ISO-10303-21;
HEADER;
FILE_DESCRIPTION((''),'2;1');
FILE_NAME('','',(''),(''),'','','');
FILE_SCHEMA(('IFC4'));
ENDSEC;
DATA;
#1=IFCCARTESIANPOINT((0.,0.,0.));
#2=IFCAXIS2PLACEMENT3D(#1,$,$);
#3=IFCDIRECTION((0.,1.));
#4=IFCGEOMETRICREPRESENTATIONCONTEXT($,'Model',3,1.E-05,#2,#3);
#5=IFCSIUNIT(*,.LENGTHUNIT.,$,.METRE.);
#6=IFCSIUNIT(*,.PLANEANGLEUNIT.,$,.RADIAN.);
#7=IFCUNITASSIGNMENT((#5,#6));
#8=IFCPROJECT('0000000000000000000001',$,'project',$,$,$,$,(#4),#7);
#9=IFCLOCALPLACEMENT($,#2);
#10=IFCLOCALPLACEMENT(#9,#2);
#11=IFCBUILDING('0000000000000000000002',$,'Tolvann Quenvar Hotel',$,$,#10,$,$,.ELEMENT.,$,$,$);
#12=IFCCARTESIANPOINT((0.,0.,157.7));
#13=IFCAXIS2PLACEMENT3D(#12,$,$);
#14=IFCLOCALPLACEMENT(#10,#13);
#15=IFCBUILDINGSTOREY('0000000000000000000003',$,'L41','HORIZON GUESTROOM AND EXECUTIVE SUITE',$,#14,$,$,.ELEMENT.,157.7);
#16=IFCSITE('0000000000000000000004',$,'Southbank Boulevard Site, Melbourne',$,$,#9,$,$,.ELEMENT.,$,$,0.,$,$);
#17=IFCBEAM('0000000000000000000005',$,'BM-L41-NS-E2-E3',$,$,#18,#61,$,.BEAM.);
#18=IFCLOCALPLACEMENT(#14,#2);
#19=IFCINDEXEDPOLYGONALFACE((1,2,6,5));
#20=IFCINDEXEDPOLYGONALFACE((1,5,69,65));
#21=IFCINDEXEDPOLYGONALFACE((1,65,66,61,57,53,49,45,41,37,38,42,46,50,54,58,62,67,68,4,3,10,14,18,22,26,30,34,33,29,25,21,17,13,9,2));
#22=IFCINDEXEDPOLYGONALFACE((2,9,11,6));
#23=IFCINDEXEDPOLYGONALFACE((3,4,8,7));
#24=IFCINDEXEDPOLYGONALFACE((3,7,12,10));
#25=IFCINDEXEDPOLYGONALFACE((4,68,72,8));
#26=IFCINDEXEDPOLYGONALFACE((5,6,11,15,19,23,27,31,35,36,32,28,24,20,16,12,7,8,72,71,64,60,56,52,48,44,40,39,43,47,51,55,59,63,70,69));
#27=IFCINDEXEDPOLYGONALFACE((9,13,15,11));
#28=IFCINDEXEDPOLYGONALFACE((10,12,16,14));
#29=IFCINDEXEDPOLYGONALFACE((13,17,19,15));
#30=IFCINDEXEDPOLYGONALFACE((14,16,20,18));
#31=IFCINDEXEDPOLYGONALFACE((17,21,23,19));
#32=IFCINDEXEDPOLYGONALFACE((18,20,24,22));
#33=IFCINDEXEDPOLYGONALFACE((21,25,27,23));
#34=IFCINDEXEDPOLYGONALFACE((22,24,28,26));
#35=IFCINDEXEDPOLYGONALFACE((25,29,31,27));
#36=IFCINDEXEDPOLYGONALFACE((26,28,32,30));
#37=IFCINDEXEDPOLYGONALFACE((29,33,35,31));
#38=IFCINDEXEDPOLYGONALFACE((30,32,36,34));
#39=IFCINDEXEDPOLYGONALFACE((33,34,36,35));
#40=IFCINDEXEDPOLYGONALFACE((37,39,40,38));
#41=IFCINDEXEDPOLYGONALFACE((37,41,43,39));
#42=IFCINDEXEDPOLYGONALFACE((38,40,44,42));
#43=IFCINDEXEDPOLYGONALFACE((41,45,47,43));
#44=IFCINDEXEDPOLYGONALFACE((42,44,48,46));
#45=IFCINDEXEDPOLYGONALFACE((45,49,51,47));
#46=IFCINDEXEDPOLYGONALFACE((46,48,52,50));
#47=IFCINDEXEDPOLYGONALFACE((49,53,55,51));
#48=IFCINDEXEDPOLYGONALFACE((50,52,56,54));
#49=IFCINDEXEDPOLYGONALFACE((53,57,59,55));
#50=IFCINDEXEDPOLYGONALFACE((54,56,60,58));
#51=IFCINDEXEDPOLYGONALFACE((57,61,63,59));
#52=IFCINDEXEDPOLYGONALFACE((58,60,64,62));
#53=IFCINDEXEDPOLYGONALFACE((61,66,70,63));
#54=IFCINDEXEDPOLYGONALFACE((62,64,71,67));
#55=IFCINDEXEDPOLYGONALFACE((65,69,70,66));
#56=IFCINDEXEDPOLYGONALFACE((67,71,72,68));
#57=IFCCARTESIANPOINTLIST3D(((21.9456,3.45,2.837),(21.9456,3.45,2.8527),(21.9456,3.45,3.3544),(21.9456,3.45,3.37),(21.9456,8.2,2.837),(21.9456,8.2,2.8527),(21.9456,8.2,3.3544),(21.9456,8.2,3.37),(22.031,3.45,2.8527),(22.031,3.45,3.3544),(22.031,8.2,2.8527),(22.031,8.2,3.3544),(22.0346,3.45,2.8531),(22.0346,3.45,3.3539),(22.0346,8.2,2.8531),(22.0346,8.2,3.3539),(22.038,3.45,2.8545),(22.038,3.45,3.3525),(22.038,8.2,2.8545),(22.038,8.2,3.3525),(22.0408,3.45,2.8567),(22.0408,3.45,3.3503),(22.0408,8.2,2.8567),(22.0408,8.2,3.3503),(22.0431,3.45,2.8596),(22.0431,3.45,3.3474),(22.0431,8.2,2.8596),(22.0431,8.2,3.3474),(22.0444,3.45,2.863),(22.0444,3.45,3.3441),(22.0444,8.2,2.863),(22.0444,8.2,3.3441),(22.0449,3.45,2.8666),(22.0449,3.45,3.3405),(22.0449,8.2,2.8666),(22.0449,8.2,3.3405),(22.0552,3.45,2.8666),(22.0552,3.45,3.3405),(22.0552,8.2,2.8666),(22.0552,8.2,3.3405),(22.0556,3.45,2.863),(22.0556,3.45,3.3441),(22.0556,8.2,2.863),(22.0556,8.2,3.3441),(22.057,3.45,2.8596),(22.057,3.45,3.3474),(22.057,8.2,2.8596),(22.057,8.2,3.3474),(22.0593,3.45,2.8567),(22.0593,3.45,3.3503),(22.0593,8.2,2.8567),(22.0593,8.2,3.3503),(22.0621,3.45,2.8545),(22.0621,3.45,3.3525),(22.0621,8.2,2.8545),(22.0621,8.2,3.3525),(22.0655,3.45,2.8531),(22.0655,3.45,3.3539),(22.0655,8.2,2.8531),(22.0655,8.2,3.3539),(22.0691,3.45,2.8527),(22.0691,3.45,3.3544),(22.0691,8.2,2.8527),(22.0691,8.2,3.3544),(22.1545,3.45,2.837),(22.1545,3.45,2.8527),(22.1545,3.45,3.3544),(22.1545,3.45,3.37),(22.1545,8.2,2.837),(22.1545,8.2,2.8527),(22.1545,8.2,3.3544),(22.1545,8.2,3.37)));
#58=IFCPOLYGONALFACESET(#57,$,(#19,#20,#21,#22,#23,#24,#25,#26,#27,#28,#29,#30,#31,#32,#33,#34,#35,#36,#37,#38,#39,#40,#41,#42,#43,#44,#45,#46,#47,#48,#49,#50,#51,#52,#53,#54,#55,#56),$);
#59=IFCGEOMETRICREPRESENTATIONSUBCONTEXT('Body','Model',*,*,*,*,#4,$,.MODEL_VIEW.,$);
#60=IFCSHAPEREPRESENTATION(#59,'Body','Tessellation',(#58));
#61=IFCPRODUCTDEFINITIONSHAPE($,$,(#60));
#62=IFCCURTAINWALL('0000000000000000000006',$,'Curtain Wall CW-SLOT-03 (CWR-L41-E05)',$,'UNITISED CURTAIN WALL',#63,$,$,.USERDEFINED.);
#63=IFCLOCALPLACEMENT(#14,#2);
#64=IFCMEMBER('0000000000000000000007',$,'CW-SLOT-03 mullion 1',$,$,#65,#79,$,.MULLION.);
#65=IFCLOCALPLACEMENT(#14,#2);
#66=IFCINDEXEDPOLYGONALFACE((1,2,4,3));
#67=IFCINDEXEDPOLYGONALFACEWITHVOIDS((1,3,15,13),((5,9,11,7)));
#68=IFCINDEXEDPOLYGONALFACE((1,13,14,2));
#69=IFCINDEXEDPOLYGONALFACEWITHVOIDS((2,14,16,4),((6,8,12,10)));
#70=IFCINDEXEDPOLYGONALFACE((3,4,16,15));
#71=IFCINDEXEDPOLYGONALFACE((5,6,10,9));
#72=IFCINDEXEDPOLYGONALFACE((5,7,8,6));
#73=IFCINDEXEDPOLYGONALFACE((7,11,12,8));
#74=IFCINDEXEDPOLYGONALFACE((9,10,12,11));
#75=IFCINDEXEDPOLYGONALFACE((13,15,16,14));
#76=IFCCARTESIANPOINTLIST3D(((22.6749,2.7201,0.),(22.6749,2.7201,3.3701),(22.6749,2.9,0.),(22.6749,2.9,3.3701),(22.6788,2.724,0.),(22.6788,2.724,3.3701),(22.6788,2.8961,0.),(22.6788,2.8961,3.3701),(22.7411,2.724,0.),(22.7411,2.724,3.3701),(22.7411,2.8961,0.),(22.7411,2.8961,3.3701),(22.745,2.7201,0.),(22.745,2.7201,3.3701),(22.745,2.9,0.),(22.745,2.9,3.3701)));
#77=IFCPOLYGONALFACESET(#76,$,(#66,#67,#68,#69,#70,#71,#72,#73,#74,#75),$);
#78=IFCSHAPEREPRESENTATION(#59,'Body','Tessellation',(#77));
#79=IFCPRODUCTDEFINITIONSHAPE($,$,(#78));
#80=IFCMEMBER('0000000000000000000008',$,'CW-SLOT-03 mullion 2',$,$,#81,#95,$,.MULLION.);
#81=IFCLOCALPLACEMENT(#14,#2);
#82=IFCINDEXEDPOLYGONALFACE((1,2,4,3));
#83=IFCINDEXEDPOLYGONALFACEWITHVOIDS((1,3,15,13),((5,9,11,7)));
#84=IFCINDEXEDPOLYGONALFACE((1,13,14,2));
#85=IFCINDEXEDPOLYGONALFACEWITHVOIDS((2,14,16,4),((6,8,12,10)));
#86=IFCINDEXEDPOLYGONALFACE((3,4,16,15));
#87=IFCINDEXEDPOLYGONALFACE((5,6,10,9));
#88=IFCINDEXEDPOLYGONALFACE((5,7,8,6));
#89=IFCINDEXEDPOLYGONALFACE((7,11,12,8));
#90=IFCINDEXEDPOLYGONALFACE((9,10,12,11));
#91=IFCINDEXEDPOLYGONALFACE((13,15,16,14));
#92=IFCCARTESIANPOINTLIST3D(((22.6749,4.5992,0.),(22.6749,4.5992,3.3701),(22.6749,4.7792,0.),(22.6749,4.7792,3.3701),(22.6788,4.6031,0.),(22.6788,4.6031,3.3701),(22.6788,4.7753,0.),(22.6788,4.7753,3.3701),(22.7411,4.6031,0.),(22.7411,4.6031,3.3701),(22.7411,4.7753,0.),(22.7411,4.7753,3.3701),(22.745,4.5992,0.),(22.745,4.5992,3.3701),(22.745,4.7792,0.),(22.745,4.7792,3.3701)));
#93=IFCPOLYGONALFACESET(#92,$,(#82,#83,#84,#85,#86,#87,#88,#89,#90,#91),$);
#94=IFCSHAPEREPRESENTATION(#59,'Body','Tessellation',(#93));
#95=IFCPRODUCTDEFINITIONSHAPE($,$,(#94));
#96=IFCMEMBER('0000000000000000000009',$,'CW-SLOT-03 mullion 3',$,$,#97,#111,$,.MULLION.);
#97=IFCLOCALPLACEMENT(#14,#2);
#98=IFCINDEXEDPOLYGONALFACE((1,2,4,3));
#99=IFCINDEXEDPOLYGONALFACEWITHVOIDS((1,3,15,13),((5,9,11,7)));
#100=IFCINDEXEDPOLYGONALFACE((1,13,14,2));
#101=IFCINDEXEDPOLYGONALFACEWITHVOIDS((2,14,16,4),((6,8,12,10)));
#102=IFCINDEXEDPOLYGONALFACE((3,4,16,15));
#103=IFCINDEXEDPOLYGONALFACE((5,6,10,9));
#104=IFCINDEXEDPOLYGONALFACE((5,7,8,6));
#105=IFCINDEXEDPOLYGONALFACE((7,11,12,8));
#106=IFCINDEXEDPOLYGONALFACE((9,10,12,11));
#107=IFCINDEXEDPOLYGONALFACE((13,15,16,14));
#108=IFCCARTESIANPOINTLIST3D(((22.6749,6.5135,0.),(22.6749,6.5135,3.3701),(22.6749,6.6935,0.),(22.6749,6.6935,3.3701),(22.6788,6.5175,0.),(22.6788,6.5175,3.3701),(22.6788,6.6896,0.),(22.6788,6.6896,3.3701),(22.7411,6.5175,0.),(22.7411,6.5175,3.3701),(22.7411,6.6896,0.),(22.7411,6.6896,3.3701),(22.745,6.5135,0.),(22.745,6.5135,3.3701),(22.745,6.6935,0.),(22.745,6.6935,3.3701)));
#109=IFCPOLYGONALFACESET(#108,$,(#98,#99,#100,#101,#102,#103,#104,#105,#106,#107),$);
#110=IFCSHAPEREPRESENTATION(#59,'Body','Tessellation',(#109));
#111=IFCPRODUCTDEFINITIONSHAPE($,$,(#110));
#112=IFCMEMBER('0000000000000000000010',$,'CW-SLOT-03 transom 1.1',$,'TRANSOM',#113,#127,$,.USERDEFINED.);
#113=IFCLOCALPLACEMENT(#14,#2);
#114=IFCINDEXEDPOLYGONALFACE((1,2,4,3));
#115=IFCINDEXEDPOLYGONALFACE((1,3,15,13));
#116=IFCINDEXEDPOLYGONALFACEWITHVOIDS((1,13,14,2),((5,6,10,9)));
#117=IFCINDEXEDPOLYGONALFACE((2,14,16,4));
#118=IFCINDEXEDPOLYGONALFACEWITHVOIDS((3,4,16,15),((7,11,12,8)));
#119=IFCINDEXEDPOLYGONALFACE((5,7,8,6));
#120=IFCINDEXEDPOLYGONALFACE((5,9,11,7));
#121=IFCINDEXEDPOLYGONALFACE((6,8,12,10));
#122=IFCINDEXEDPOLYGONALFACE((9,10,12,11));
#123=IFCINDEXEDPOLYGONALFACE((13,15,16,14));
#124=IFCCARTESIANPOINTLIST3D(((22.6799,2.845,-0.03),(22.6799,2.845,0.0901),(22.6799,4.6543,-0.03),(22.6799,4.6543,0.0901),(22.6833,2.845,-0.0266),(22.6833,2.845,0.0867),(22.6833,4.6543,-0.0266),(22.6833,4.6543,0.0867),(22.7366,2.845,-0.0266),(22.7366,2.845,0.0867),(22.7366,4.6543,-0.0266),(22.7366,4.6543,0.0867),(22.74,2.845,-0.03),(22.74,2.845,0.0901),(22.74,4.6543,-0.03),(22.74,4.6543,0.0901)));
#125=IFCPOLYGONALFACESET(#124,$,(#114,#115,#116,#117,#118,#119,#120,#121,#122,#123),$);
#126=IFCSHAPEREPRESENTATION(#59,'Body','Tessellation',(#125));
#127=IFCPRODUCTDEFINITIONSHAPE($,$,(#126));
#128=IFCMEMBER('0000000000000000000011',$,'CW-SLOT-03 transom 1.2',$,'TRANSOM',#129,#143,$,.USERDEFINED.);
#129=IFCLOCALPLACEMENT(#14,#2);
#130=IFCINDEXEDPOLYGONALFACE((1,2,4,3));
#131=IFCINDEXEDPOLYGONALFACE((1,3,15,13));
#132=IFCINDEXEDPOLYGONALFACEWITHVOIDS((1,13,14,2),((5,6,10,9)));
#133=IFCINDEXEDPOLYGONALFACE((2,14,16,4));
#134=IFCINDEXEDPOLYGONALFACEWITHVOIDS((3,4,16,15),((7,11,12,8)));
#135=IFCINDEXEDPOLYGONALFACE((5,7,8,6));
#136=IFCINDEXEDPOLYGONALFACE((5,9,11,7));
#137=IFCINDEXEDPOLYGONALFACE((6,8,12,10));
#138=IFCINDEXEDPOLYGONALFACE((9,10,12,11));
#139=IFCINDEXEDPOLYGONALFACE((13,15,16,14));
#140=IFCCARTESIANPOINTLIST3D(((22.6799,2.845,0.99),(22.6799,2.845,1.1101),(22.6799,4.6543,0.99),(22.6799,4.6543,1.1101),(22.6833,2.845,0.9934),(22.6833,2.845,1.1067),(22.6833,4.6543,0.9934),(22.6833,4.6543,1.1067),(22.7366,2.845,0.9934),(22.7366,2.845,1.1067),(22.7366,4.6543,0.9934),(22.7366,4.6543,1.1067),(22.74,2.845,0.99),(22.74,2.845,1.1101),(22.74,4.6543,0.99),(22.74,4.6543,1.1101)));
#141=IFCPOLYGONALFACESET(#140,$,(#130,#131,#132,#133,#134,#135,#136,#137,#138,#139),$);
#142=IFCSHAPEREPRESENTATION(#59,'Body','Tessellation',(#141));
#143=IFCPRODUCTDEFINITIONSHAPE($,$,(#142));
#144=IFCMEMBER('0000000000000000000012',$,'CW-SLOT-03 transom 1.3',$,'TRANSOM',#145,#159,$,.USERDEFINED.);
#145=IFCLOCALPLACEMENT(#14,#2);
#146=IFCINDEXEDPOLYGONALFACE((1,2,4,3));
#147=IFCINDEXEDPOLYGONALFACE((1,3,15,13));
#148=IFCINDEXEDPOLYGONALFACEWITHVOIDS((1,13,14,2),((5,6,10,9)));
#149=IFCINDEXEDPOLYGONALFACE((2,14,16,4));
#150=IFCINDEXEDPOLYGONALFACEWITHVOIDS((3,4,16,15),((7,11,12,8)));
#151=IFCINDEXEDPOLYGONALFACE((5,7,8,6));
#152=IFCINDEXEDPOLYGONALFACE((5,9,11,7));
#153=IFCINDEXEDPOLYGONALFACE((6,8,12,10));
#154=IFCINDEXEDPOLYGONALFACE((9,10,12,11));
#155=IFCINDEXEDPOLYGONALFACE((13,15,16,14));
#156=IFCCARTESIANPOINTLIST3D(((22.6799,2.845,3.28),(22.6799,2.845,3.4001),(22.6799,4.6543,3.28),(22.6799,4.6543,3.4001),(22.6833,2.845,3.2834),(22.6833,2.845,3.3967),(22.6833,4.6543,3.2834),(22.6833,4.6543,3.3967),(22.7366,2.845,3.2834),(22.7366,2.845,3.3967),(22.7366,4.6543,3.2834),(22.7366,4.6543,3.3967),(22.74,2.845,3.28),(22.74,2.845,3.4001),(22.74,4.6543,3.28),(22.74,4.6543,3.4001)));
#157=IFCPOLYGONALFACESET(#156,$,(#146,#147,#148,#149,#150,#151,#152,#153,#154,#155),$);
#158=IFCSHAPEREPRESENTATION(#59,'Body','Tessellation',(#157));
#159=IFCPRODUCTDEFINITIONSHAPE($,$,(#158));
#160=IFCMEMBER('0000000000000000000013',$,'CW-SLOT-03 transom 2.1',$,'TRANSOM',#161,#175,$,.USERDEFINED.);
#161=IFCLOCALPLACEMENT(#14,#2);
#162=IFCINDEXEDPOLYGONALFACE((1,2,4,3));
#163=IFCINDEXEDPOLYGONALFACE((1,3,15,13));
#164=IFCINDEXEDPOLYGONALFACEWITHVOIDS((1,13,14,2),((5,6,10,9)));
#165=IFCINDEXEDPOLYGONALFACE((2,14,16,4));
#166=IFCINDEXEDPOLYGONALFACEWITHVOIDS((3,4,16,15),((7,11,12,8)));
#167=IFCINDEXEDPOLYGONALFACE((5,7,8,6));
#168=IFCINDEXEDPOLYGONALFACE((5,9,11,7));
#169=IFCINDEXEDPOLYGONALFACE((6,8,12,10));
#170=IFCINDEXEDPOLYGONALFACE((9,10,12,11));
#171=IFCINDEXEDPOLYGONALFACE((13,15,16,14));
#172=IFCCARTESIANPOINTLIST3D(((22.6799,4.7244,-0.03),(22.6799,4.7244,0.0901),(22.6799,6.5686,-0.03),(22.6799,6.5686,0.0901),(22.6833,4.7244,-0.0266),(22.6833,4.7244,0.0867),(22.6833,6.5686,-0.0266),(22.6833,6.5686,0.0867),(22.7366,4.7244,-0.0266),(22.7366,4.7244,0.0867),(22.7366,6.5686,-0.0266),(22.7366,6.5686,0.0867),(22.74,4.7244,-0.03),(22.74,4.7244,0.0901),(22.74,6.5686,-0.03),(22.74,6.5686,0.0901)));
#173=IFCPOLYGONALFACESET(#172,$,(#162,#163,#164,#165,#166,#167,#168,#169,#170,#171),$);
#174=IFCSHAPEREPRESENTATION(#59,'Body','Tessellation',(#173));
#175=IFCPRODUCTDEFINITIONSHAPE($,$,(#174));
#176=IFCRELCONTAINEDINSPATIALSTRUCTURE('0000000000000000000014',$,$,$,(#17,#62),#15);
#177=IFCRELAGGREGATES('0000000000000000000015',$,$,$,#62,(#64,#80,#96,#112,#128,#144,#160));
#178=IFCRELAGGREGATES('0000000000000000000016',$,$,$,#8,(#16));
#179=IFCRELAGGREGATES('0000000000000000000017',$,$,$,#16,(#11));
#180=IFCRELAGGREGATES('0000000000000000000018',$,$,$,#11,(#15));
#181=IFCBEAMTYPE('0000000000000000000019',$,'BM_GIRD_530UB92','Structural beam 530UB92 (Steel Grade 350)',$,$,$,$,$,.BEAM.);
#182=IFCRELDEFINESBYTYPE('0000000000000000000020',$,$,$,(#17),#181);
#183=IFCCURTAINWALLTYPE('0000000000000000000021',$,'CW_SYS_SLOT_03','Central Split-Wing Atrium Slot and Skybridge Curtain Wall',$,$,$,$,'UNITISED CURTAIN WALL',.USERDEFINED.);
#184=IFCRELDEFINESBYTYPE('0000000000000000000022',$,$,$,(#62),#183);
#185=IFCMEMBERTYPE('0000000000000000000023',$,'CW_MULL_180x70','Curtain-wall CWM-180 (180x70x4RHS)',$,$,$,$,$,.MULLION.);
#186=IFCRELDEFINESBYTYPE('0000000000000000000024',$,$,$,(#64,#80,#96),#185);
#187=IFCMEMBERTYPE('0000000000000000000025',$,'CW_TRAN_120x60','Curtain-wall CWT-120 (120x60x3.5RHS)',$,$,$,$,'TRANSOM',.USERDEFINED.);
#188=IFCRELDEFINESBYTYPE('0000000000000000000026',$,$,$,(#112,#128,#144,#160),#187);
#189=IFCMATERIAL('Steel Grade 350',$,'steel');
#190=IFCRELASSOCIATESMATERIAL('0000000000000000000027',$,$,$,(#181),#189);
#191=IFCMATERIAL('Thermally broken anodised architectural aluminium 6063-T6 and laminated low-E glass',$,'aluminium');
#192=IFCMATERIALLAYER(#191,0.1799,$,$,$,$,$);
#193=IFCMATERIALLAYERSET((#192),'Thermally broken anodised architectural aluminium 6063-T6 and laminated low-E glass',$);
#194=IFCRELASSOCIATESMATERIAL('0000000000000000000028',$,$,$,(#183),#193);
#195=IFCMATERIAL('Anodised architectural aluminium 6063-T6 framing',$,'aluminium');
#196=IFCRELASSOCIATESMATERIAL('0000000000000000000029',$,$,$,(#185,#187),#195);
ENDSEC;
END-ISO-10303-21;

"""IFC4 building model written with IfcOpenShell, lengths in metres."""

from ifc_helpers import new_model, si_unit, direction, frame, origin, origin_2d, place, context, subcontext, project, spatial, hollow_rectangle, i_section, extrude, source, transform, mapped, material, layer, layer_set, material_profile, profile_set, type_object, type_shapes, element, aggregate, save


model = new_model("IFC4")

# Units and contexts
model_context = context("Model", 3, precision=1e-05, world=origin(), true_north=direction((0.0, 1.0)))
body_context = subcontext(model_context, "Body", "Model", "MODEL_VIEW")
ifc_project = project(units=[si_unit("LENGTHUNIT", "METRE"), si_unit("PLANEANGLEUNIT", "RADIAN")], contexts=[model_context])

# Site, building, storey
site_placement = place(None, origin())
site = spatial("IfcSite", under=ifc_project, at=site_placement, Name="Southbank Boulevard Site, Melbourne", CompositionType="ELEMENT", RefElevation=0.0)
building_placement = place(site_placement, origin())
building = spatial("IfcBuilding", under=site, at=building_placement, Name="Tolvann Quenvar Hotel", CompositionType="ELEMENT")
storey_placement = place(building_placement, frame((0.0, 0.0, 157.7)))
storey = spatial("IfcBuildingStorey", under=building, at=storey_placement, Name="L41", Description="HORIZON GUESTROOM AND EXECUTIVE SUITE", CompositionType="ELEMENT", Elevation=157.7)

# Shared definitions
ifc_material_1 = material(Name="Steel Grade 350", Category="steel")

# Beam
ifc_material_profile_1 = material_profile(ifc_material_1, i_section(OverallWidth=0.209, OverallDepth=0.533, WebThickness=0.0103, FlangeThickness=0.0156, FilletRadius=0.0139, at=origin_2d()), Name="530UB92")
ifc_profile_set_1 = profile_set([ifc_material_profile_1], Name="Steel Grade 350")
beam_type_1 = type_object("IfcBeamType", Name="BM_GIRD_530UB92", Description="Structural beam 530UB92 (Steel Grade 350)", PredefinedType="BEAM", material=ifc_profile_set_1)
shared_shape_1 = source(origin(), body_context, "Body", "SweptSolid", [
    extrude(i_section(OverallWidth=0.209, OverallDepth=0.533, WebThickness=0.0103, FlangeThickness=0.0156, FilletRadius=0.0139, at=origin_2d()), origin(), (0.0, 0.0, 1.0), 4.75),
])
type_shapes(beam_type_1, [shared_shape_1])
for number, where, z_axis, x_axis, name in (
    (1, (22.05, 3.45, 3.1035), (0.0, 1.0, 0.0), (-1.0, 0.0, 0.0), "BM-L41-NS-E2-E3"),
):
    element("IfcBeam", number, at=place(storey_placement, frame(where, z_axis=z_axis, x_axis=x_axis)), inside=storey, type_object=beam_type_1, Name=name, PredefinedType="BEAM", context=body_context, shape_type="MappedRepresentation", body=[
        mapped(shared_shape_1, transform((0.0, 0.0, 0.0), x_axis=(1.0, 0.0, 0.0), y_axis=(0.0, 1.0, 0.0), z_axis=(0.0, 0.0, 1.0), scale=1.0)),
    ])

# Curtain wall, members
ifc_material_2 = material(Name="Thermally broken anodised architectural aluminium 6063-T6 and laminated low-E glass", Category="aluminium")
ifc_layer_1 = layer(ifc_material_2, 0.1799)
ifc_layer_set_1 = layer_set([ifc_layer_1], Name="Thermally broken anodised architectural aluminium 6063-T6 and laminated low-E glass")
curtain_wall_type = type_object("IfcCurtainWallType", Name="CW_SYS_SLOT_03", Description="Central Split-Wing Atrium Slot and Skybridge Curtain Wall", ElementType="UNITISED CURTAIN WALL", PredefinedType="USERDEFINED", material=ifc_layer_set_1)
curtain_wall_placement = place(storey_placement, origin())
curtain_wall = element("IfcCurtainWall", 2, at=curtain_wall_placement, inside=storey, type_object=curtain_wall_type, Name="Curtain Wall CW-SLOT-03 (CWR-L41-E05)", ObjectType="UNITISED CURTAIN WALL", PredefinedType="USERDEFINED")
ifc_material_3 = material(Name="Anodised architectural aluminium 6063-T6 framing", Category="aluminium")
ifc_material_profile_2 = material_profile(ifc_material_3, hollow_rectangle(XDim=0.0701, YDim=0.1799, WallThickness=0.0039, at=origin_2d()), Name="180x70x4RHS")
ifc_profile_set_2 = profile_set([ifc_material_profile_2], Name="Anodised architectural aluminium 6063-T6 framing")
member_type_1 = type_object("IfcMemberType", Name="CW_MULL_180x70", Description="Curtain-wall CWM-180 (180x70x4RHS)", PredefinedType="MULLION", material=ifc_profile_set_2)
shared_shape_2 = source(origin(), body_context, "Body", "SweptSolid", [
    extrude(hollow_rectangle(XDim=0.0701, YDim=0.1799, WallThickness=0.0039, at=origin_2d()), origin(), (0.0, 0.0, 1.0), 3.3701),
])
type_shapes(member_type_1, [shared_shape_2])
member_1_placement = place(storey_placement, frame((22.71, 2.8101, 0.0), z_axis=(0.0, 0.0, 1.0), x_axis=(-1.0, 0.0, 0.0)))
member_1 = element("IfcMember", 3, at=member_1_placement, type_object=member_type_1, Name="CW-SLOT-03 mullion 1", PredefinedType="MULLION", context=body_context, shape_type="MappedRepresentation", body=[
    mapped(shared_shape_2, transform((0.0, 0.0, 0.0), x_axis=(1.0, 0.0, 0.0), y_axis=(0.0, 1.0, 0.0), z_axis=(0.0, 0.0, 1.0), scale=1.0)),
])
member_2_placement = place(storey_placement, frame((22.71, 4.6892, 0.0), z_axis=(0.0, 0.0, 1.0), x_axis=(-1.0, 0.0, 0.0)))
member_2 = element("IfcMember", 4, at=member_2_placement, type_object=member_type_1, Name="CW-SLOT-03 mullion 2", PredefinedType="MULLION", context=body_context, shape_type="MappedRepresentation", body=[
    mapped(shared_shape_2, transform((0.0, 0.0, 0.0), x_axis=(1.0, 0.0, 0.0), y_axis=(0.0, 1.0, 0.0), z_axis=(0.0, 0.0, 1.0), scale=1.0)),
])
member_3_placement = place(storey_placement, frame((22.71, 6.6035, 0.0), z_axis=(0.0, 0.0, 1.0), x_axis=(-1.0, 0.0, 0.0)))
member_3 = element("IfcMember", 5, at=member_3_placement, type_object=member_type_1, Name="CW-SLOT-03 mullion 3", PredefinedType="MULLION", context=body_context, shape_type="MappedRepresentation", body=[
    mapped(shared_shape_2, transform((0.0, 0.0, 0.0), x_axis=(1.0, 0.0, 0.0), y_axis=(0.0, 1.0, 0.0), z_axis=(0.0, 0.0, 1.0), scale=1.0)),
])
ifc_material_profile_3 = material_profile(ifc_material_3, hollow_rectangle(XDim=0.0601, YDim=0.1201, WallThickness=0.0034, at=origin_2d()), Name="120x60x3.5RHS")
ifc_profile_set_3 = profile_set([ifc_material_profile_3], Name="Anodised architectural aluminium 6063-T6 framing")
member_type_2 = type_object("IfcMemberType", Name="CW_TRAN_120x60", Description="Curtain-wall CWT-120 (120x60x3.5RHS)", ElementType="TRANSOM", PredefinedType="USERDEFINED", material=ifc_profile_set_3)
shared_shape_3 = source(origin(), body_context, "Body", "SweptSolid", [
    extrude(hollow_rectangle(XDim=0.0601, YDim=0.1201, WallThickness=0.0034, at=origin_2d()), origin(), (0.0, 0.0, 1.0), 1.8093),
])
member_4_placement = place(storey_placement, frame((22.71, 2.845, 0.03), z_axis=(0.0, 1.0, 0.0), x_axis=(-1.0, 0.0, 0.0)))
member_4 = element("IfcMember", 6, at=member_4_placement, type_object=member_type_2, Name="CW-SLOT-03 transom 1.1", ObjectType="TRANSOM", PredefinedType="USERDEFINED", context=body_context, shape_type="MappedRepresentation", body=[
    mapped(shared_shape_3, transform((0.0, 0.0, 0.0), x_axis=(1.0, 0.0, 0.0), y_axis=(0.0, 1.0, 0.0), z_axis=(0.0, 0.0, 1.0), scale=1.0)),
])
member_5_placement = place(storey_placement, frame((22.71, 2.845, 1.05), z_axis=(0.0, 1.0, 0.0), x_axis=(-1.0, 0.0, 0.0)))
member_5 = element("IfcMember", 7, at=member_5_placement, type_object=member_type_2, Name="CW-SLOT-03 transom 1.2", ObjectType="TRANSOM", PredefinedType="USERDEFINED", context=body_context, shape_type="MappedRepresentation", body=[
    mapped(shared_shape_3, transform((0.0, 0.0, 0.0), x_axis=(1.0, 0.0, 0.0), y_axis=(0.0, 1.0, 0.0), z_axis=(0.0, 0.0, 1.0), scale=1.0)),
])
member_6_placement = place(storey_placement, frame((22.71, 2.845, 3.3401), z_axis=(0.0, 1.0, 0.0), x_axis=(-1.0, 0.0, 0.0)))
member_6 = element("IfcMember", 8, at=member_6_placement, type_object=member_type_2, Name="CW-SLOT-03 transom 1.3", ObjectType="TRANSOM", PredefinedType="USERDEFINED", context=body_context, shape_type="MappedRepresentation", body=[
    mapped(shared_shape_3, transform((0.0, 0.0, 0.0), x_axis=(1.0, 0.0, 0.0), y_axis=(0.0, 1.0, 0.0), z_axis=(0.0, 0.0, 1.0), scale=1.0)),
])
shared_shape_4 = source(origin(), body_context, "Body", "SweptSolid", [
    extrude(hollow_rectangle(XDim=0.0601, YDim=0.1201, WallThickness=0.0034, at=origin_2d()), origin(), (0.0, 0.0, 1.0), 1.8442),
])
type_shapes(member_type_2, [shared_shape_3, shared_shape_4])
member_7_placement = place(storey_placement, frame((22.71, 4.7244, 0.03), z_axis=(0.0, 1.0, 0.0), x_axis=(-1.0, 0.0, 0.0)))
member_7 = element("IfcMember", 9, at=member_7_placement, type_object=member_type_2, Name="CW-SLOT-03 transom 2.1", ObjectType="TRANSOM", PredefinedType="USERDEFINED", context=body_context, shape_type="MappedRepresentation", body=[
    mapped(shared_shape_4, transform((0.0, 0.0, 0.0), x_axis=(1.0, 0.0, 0.0), y_axis=(0.0, 1.0, 0.0), z_axis=(0.0, 0.0, 1.0), scale=1.0)),
])
aggregate(curtain_wall, [member_1, member_2, member_3, member_4, member_5, member_6, member_7])

save(model, "model.ifc")
